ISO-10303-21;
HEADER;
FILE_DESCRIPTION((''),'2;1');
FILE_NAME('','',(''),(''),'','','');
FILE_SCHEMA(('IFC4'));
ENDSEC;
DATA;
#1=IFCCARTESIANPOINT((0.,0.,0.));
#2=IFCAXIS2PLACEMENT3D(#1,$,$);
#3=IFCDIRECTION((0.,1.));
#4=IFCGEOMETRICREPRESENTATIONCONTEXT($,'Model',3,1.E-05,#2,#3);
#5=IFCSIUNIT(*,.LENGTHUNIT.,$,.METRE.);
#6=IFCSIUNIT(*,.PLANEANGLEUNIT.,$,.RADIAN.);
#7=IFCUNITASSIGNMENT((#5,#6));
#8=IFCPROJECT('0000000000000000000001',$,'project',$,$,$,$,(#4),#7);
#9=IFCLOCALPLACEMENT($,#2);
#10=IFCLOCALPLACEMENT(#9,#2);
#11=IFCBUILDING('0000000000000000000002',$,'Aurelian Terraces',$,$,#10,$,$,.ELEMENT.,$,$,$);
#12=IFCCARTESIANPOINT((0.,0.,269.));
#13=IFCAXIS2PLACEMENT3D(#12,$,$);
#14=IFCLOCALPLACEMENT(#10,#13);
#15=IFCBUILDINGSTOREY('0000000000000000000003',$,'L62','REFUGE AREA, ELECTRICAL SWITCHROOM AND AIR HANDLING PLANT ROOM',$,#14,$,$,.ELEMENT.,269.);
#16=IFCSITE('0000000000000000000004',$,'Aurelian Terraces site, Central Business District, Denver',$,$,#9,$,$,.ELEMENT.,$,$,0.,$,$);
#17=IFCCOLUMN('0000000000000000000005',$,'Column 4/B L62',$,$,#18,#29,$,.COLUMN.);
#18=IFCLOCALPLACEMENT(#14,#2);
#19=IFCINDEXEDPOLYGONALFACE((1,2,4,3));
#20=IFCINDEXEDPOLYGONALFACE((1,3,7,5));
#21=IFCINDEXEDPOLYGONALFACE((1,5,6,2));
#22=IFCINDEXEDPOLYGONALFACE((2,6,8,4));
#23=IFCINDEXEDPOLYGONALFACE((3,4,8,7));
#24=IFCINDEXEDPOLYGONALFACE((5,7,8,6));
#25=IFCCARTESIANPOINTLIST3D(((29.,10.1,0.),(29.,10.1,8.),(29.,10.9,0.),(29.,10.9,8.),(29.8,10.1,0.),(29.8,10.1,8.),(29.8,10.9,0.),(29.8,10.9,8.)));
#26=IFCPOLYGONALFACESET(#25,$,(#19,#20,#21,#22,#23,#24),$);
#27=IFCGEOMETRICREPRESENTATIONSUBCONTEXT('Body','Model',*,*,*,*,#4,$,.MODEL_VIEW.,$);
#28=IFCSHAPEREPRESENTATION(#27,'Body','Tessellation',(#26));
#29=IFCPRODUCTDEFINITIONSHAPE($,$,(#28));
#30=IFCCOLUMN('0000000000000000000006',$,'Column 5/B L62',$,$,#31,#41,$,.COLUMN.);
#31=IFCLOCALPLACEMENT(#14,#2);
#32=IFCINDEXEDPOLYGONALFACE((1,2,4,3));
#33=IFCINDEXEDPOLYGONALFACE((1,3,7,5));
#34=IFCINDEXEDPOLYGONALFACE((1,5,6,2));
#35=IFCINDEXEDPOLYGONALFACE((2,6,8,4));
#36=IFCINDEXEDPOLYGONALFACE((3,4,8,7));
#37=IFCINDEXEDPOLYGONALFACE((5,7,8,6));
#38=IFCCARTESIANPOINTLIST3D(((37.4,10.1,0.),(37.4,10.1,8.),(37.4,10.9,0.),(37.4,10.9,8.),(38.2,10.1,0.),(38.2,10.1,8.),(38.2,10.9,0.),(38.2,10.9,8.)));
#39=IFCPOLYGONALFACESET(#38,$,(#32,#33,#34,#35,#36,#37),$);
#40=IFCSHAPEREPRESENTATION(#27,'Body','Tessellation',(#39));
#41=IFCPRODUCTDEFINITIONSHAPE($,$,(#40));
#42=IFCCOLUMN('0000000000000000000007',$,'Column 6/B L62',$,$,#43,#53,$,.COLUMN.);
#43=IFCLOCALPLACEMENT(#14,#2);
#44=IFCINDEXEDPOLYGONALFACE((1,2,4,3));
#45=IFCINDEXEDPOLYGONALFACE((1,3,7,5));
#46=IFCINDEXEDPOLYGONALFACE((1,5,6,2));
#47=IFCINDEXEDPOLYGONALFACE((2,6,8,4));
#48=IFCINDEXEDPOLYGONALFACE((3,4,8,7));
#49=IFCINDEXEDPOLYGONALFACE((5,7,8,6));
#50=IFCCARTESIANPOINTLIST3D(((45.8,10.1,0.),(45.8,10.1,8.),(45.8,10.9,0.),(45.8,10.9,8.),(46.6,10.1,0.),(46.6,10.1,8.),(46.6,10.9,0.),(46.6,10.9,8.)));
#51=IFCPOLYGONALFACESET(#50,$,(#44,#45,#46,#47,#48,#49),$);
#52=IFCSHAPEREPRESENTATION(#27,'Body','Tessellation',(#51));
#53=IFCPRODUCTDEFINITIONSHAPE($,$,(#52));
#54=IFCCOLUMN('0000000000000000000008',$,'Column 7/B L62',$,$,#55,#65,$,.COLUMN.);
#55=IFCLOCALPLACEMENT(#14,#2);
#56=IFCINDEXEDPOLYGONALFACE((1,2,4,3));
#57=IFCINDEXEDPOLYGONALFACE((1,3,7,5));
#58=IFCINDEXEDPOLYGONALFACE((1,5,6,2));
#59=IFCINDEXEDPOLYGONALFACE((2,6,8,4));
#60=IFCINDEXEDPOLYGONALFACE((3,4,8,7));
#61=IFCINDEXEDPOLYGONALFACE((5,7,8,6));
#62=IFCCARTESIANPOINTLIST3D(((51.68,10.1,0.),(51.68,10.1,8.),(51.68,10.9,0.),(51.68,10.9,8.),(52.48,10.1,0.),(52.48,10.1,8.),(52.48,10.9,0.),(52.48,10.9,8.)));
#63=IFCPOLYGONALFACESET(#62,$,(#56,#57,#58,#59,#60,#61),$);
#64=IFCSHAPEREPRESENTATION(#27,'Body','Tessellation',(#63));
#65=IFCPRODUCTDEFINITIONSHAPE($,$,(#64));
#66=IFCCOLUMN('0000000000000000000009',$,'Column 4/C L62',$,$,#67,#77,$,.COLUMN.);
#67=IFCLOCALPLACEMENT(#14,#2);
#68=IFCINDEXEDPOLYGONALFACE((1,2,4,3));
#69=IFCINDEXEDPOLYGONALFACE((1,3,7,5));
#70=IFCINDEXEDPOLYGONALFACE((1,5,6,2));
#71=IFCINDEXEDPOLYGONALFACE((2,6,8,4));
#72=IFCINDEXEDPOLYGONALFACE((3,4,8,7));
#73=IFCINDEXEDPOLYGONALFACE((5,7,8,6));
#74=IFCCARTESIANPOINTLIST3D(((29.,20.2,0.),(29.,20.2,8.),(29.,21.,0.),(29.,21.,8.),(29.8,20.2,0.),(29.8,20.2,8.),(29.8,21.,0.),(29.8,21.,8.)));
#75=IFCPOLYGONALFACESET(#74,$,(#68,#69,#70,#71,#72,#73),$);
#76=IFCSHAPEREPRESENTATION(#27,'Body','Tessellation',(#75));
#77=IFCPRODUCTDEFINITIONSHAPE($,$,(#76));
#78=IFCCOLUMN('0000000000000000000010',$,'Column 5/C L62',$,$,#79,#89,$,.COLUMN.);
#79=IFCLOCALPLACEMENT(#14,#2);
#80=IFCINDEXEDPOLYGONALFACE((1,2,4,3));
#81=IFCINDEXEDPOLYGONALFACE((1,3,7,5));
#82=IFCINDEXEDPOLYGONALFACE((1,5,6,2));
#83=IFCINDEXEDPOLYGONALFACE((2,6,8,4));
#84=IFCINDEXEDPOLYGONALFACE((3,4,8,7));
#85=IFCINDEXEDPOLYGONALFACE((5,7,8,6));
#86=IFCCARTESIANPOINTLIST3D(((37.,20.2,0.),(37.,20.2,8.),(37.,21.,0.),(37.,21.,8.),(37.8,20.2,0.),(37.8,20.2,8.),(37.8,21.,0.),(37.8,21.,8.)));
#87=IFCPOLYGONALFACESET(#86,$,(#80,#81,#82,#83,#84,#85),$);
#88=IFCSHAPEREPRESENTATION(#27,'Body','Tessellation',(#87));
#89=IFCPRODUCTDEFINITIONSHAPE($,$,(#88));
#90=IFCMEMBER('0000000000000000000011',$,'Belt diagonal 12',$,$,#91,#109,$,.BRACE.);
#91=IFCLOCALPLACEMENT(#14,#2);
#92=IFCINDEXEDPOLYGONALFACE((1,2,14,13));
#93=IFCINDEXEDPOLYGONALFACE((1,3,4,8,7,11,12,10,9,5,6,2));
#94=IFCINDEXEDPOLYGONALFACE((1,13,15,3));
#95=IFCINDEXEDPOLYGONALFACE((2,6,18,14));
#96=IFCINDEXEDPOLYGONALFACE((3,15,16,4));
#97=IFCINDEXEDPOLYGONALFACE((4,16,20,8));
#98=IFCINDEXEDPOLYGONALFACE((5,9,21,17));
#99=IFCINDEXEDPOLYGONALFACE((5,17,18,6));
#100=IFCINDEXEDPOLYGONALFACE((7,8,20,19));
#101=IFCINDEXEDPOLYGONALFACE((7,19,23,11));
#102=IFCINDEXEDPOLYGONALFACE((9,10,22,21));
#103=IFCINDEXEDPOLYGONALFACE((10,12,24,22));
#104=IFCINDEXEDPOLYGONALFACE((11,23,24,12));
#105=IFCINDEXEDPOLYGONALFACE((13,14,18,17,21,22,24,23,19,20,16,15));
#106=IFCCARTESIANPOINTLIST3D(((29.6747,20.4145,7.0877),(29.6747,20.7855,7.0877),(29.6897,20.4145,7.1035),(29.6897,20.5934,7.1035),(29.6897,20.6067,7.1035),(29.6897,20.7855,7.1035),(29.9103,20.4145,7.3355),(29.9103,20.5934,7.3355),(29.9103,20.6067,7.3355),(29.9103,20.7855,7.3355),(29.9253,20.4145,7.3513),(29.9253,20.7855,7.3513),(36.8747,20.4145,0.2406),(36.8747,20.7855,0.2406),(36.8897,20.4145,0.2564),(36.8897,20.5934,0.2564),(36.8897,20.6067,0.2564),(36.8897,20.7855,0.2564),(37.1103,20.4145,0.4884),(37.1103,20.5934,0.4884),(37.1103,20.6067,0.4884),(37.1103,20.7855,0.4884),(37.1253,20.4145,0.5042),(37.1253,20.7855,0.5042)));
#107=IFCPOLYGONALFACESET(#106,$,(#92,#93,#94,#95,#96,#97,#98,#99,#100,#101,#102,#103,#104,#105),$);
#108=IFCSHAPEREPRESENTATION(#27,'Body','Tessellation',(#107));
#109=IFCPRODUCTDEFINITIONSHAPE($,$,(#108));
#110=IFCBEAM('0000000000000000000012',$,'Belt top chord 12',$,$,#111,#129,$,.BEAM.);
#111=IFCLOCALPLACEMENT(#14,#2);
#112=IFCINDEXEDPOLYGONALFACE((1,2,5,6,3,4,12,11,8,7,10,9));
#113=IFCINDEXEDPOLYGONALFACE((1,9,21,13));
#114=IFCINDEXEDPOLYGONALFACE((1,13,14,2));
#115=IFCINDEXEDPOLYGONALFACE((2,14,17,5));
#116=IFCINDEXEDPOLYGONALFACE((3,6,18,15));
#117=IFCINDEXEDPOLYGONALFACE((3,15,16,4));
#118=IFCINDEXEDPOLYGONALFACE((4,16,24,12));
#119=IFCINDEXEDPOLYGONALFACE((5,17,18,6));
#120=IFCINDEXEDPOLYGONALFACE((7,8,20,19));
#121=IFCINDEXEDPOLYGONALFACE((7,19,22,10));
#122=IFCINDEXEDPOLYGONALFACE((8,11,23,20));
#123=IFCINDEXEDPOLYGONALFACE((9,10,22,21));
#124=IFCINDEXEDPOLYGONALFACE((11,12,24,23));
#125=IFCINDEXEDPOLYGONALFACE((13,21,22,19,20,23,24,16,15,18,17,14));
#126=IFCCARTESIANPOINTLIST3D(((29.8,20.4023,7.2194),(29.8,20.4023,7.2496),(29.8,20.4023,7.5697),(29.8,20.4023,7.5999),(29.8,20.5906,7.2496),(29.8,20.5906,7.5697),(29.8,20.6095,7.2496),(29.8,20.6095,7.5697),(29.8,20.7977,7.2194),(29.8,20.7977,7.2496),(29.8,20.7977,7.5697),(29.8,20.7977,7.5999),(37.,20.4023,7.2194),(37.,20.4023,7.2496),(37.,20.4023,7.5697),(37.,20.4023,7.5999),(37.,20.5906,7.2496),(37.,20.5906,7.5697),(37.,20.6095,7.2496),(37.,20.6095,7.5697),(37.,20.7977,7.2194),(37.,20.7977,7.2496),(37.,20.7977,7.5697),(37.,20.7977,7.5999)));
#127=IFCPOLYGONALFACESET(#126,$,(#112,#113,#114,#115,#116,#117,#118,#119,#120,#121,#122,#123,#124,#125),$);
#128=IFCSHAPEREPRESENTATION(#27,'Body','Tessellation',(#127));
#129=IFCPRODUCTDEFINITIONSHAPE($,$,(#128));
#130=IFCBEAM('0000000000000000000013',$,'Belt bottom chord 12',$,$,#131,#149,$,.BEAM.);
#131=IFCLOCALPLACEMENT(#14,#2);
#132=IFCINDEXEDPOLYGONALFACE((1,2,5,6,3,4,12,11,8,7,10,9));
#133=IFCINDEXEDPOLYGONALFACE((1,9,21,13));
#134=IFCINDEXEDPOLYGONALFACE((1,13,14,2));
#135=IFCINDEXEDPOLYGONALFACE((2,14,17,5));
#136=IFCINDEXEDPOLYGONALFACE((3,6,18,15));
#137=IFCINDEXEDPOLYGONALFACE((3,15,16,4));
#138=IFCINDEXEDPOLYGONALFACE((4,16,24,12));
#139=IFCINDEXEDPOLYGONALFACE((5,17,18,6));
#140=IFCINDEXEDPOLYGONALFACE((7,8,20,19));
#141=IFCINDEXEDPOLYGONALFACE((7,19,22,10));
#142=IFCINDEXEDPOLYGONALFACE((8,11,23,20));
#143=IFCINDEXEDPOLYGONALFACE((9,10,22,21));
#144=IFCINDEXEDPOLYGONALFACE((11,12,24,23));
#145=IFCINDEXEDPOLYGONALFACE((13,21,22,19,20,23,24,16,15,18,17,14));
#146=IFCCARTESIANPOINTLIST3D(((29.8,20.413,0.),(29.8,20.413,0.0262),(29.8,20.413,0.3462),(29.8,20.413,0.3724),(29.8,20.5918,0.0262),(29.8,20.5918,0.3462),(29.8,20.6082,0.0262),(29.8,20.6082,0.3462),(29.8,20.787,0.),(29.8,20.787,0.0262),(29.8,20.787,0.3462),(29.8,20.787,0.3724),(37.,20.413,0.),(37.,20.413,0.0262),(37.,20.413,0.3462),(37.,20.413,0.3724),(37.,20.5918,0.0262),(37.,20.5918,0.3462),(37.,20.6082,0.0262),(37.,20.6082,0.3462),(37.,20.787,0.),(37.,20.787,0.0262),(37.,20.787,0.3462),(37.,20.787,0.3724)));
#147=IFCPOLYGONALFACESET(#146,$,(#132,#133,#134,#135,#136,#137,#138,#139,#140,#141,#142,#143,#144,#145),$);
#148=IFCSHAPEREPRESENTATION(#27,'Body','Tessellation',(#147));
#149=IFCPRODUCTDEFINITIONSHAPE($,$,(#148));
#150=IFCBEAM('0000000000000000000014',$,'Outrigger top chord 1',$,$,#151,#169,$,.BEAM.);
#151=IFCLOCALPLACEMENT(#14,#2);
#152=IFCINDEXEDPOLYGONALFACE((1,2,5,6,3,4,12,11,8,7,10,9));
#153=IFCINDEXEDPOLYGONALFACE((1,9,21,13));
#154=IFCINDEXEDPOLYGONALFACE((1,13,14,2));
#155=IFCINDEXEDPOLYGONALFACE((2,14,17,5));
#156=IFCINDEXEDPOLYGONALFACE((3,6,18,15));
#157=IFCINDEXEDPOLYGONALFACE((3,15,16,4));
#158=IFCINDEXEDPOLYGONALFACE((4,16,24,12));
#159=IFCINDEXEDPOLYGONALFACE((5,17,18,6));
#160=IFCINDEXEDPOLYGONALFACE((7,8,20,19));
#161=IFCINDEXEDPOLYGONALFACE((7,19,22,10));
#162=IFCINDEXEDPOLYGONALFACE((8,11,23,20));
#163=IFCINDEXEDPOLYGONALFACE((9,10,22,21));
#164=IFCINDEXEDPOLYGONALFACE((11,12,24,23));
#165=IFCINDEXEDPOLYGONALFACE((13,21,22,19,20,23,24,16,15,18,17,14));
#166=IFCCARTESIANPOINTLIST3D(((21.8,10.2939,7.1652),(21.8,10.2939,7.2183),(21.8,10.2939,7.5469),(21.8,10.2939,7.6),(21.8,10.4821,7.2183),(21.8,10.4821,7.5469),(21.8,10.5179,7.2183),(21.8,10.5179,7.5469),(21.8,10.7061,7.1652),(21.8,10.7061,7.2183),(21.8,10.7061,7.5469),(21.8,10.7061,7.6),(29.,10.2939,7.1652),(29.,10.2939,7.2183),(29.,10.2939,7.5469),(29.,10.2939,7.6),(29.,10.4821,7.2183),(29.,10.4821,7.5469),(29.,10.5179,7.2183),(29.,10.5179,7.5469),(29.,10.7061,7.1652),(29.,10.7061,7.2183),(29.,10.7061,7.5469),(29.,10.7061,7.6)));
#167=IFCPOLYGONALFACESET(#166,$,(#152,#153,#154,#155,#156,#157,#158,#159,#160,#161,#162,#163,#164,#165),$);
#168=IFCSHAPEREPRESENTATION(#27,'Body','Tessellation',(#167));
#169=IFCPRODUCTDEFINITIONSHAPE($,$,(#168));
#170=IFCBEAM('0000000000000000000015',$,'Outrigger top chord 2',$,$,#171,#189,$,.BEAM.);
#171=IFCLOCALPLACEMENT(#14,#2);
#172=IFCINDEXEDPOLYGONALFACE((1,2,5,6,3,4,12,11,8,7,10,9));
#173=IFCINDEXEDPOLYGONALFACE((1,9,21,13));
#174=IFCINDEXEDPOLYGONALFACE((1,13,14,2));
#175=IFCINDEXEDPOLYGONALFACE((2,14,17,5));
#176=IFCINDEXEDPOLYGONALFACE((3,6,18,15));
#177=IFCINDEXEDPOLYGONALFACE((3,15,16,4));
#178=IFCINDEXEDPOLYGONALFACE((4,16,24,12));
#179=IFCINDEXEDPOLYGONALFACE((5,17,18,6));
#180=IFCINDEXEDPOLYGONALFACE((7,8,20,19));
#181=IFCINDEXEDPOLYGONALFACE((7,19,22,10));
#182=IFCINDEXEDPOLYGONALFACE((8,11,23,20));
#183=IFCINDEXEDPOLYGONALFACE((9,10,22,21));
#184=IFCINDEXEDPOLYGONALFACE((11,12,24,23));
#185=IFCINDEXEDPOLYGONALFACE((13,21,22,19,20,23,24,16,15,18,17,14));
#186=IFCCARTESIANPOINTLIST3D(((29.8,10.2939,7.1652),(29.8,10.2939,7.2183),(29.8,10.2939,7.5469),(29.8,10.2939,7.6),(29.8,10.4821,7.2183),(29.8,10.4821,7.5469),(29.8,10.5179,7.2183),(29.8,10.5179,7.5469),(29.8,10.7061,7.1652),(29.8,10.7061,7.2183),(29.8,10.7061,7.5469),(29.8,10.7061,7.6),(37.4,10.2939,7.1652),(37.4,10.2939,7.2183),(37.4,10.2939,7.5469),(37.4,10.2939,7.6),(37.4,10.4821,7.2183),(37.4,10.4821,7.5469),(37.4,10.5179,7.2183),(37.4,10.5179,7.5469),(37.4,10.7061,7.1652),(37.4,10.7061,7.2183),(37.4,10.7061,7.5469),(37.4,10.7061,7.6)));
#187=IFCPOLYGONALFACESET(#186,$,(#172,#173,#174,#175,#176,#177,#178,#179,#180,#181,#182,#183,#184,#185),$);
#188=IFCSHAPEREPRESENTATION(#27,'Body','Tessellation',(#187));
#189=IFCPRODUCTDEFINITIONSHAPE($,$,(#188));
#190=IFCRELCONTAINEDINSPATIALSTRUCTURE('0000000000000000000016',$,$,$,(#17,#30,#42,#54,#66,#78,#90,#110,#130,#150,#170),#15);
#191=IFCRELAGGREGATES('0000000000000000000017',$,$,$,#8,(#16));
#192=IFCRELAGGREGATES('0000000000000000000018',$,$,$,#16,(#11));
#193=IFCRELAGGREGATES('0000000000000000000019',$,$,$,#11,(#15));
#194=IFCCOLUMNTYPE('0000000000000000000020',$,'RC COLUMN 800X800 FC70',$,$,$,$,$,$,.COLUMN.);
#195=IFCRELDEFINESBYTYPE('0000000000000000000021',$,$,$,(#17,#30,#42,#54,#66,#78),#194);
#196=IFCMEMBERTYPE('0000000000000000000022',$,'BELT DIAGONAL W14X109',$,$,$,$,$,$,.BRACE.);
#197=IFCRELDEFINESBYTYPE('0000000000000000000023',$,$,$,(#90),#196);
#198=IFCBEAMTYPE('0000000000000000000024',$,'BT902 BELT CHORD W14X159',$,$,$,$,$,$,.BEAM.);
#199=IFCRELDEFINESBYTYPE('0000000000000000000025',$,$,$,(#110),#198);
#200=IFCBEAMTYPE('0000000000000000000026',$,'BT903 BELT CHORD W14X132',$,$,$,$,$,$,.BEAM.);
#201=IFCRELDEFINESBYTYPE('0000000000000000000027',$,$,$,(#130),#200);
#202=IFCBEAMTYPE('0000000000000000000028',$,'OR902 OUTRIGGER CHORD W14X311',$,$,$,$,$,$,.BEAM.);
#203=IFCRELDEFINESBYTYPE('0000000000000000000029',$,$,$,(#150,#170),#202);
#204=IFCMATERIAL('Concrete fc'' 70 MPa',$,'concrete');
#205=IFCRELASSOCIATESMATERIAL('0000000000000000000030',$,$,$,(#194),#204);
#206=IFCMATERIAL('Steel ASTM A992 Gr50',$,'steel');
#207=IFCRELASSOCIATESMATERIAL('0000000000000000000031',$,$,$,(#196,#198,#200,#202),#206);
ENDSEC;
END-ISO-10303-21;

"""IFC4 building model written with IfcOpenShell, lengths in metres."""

from ifc_helpers import new_model, si_unit, direction, frame, origin, origin_2d, place, context, subcontext, project, spatial, rectangle, i_section, extrude, source, transform, mapped, material, material_profile, profile_set, type_object, element, save


model = new_model("IFC4")

# Units and contexts
model_context = context("Model", 3, precision=1e-05, world=origin(), true_north=direction((0.0, 1.0)))
body_context = subcontext(model_context, "Body", "Model", "MODEL_VIEW")
ifc_project = project(units=[si_unit("LENGTHUNIT", "METRE"), si_unit("PLANEANGLEUNIT", "RADIAN")], contexts=[model_context])

# Site, building, storey
site_placement = place(None, origin())
site = spatial("IfcSite", under=ifc_project, at=site_placement, Name="Aurelian Terraces site, Central Business District, Denver", CompositionType="ELEMENT", RefElevation=0.0)
building_placement = place(site_placement, origin())
building = spatial("IfcBuilding", under=site, at=building_placement, Name="Aurelian Terraces", CompositionType="ELEMENT")
storey_placement = place(building_placement, frame((0.0, 0.0, 269.0)))
storey = spatial("IfcBuildingStorey", under=building, at=storey_placement, Name="L62", Description="REFUGE AREA, ELECTRICAL SWITCHROOM AND AIR HANDLING PLANT ROOM", CompositionType="ELEMENT", Elevation=269.0)

# Columns
ifc_material_1 = material(Name="Concrete fc' 70 MPa", Category="concrete")
ifc_material_profile_1 = material_profile(ifc_material_1, rectangle(XDim=0.8, YDim=0.8, at=origin_2d()))
ifc_profile_set_1 = profile_set([ifc_material_profile_1], Name="Concrete fc' 70 MPa")
column_type = type_object("IfcColumnType", Name="RC COLUMN 800X800 FC70", PredefinedType="COLUMN", material=ifc_profile_set_1)
shared_shape_1 = source(origin(), body_context, "Body", "SweptSolid", [
    extrude(rectangle(XDim=0.8, YDim=0.8, at=origin_2d()), origin(), (0.0, 0.0, 1.0), 8.0),
])
for number, where, z_axis, x_axis, name in (
    (1, (29.4, 10.5, 0.0), (0.0, 0.0, 1.0), (1.0, 0.0, 0.0), "Column 4/B L62"),
    (2, (37.8, 10.5, 0.0), (0.0, 0.0, 1.0), (1.0, 0.0, 0.0), "Column 5/B L62"),
    (3, (46.2, 10.5, 0.0), (0.0, 0.0, 1.0), (1.0, 0.0, 0.0), "Column 6/B L62"),
    (4, (52.08, 10.5, 0.0), (0.0, 0.0, 1.0), (1.0, 0.0, 0.0), "Column 7/B L62"),
    (5, (29.4, 20.6, 0.0), (0.0, 0.0, 1.0), (1.0, 0.0, 0.0), "Column 4/C L62"),
    (6, (37.4, 20.6, 0.0), (0.0, 0.0, 1.0), (1.0, 0.0, 0.0), "Column 5/C L62"),
):
    element("IfcColumn", number, at=place(storey_placement, frame(where, z_axis=z_axis, x_axis=x_axis)), inside=storey, type_object=column_type, Name=name, PredefinedType="COLUMN", context=body_context, shape_type="MappedRepresentation", body=[
        mapped(shared_shape_1, transform((0.0, 0.0, 0.0), scale=1.0)),
    ])

# Member
ifc_material_2 = material(Name="Steel ASTM A992 Gr50", Category="steel")
ifc_material_profile_2 = material_profile(ifc_material_2, i_section(OverallWidth=0.371, OverallDepth=0.3637, WebThickness=0.0133, FlangeThickness=0.0218, at=origin_2d()))
ifc_profile_set_2 = profile_set([ifc_material_profile_2], Name="Steel ASTM A992 Gr50")
member_type_1 = type_object("IfcMemberType", Name="BELT DIAGONAL W14X109", PredefinedType="BRACE", material=ifc_profile_set_2)
member_1_placement = place(storey_placement, frame((37.0, 20.6, 0.3724), z_axis=(-0.724643, 0.0, 0.689125), x_axis=(0.0, -1.0, 0.0)))
element("IfcMember", 7, at=member_1_placement, inside=storey, type_object=member_type_1, Name="Belt diagonal 12", PredefinedType="BRACE", context=body_context, shape_type="SweptSolid", body=[
    extrude(i_section(OverallWidth=0.371, OverallDepth=0.3637, WebThickness=0.0133, FlangeThickness=0.0218, at=origin_2d()), origin(), (0.0, 0.0, 1.0), 9.9359),
])

# Beams
ifc_material_profile_3 = material_profile(ifc_material_2, i_section(OverallWidth=0.3954, OverallDepth=0.3805, WebThickness=0.0189, FlangeThickness=0.0302, at=origin_2d()))
ifc_profile_set_3 = profile_set([ifc_material_profile_3], Name="Steel ASTM A992 Gr50")
beam_type_1 = type_object("IfcBeamType", Name="BT902 BELT CHORD W14X159", PredefinedType="BEAM", material=ifc_profile_set_3)
beam_1_placement = place(storey_placement, frame((29.8, 20.6, 7.4097), z_axis=(1.0, 0.0, 0.0), x_axis=(0.0, 1.0, 0.0)))
element("IfcBeam", 8, at=beam_1_placement, inside=storey, type_object=beam_type_1, Name="Belt top chord 12", PredefinedType="BEAM", context=body_context, shape_type="SweptSolid", body=[
    extrude(i_section(OverallWidth=0.3954, OverallDepth=0.3805, WebThickness=0.0189, FlangeThickness=0.0302, at=origin_2d()), origin(), (0.0, 0.0, 1.0), 7.2),
])
ifc_material_profile_4 = material_profile(ifc_material_2, i_section(OverallWidth=0.374, OverallDepth=0.3724, WebThickness=0.0164, FlangeThickness=0.0262, at=origin_2d()))
ifc_profile_set_4 = profile_set([ifc_material_profile_4], Name="Steel ASTM A992 Gr50")
beam_type_2 = type_object("IfcBeamType", Name="BT903 BELT CHORD W14X132", PredefinedType="BEAM", material=ifc_profile_set_4)
beam_2_placement = place(storey_placement, frame((29.8, 20.6, 0.1862), z_axis=(1.0, 0.0, 0.0), x_axis=(0.0, 1.0, 0.0)))
element("IfcBeam", 9, at=beam_2_placement, inside=storey, type_object=beam_type_2, Name="Belt bottom chord 12", PredefinedType="BEAM", context=body_context, shape_type="SweptSolid", body=[
    extrude(i_section(OverallWidth=0.374, OverallDepth=0.3724, WebThickness=0.0164, FlangeThickness=0.0262, at=origin_2d()), origin(), (0.0, 0.0, 1.0), 7.2),
])
ifc_material_profile_5 = material_profile(ifc_material_2, i_section(OverallWidth=0.4122, OverallDepth=0.4348, WebThickness=0.0358, FlangeThickness=0.0531, at=origin_2d()))
ifc_profile_set_5 = profile_set([ifc_material_profile_5], Name="Steel ASTM A992 Gr50")
beam_type_3 = type_object("IfcBeamType", Name="OR902 OUTRIGGER CHORD W14X311", PredefinedType="BEAM", material=ifc_profile_set_5)
beam_3_placement = place(storey_placement, frame((21.8, 10.5, 7.3826), z_axis=(1.0, 0.0, 0.0), x_axis=(0.0, 1.0, 0.0)))
element("IfcBeam", 10, at=beam_3_placement, inside=storey, type_object=beam_type_3, Name="Outrigger top chord 1", PredefinedType="BEAM", context=body_context, shape_type="SweptSolid", body=[
    extrude(i_section(OverallWidth=0.4122, OverallDepth=0.4348, WebThickness=0.0358, FlangeThickness=0.0531, at=origin_2d()), origin(), (0.0, 0.0, 1.0), 7.2),
])
beam_4_placement = place(storey_placement, frame((29.8, 10.5, 7.3826), z_axis=(1.0, 0.0, 0.0), x_axis=(0.0, 1.0, 0.0)))
element("IfcBeam", 11, at=beam_4_placement, inside=storey, type_object=beam_type_3, Name="Outrigger top chord 2", PredefinedType="BEAM", context=body_context, shape_type="SweptSolid", body=[
    extrude(i_section(OverallWidth=0.4122, OverallDepth=0.4348, WebThickness=0.0358, FlangeThickness=0.0531, at=origin_2d()), origin(), (0.0, 0.0, 1.0), 7.6),
])

save(model, "model.ifc")
